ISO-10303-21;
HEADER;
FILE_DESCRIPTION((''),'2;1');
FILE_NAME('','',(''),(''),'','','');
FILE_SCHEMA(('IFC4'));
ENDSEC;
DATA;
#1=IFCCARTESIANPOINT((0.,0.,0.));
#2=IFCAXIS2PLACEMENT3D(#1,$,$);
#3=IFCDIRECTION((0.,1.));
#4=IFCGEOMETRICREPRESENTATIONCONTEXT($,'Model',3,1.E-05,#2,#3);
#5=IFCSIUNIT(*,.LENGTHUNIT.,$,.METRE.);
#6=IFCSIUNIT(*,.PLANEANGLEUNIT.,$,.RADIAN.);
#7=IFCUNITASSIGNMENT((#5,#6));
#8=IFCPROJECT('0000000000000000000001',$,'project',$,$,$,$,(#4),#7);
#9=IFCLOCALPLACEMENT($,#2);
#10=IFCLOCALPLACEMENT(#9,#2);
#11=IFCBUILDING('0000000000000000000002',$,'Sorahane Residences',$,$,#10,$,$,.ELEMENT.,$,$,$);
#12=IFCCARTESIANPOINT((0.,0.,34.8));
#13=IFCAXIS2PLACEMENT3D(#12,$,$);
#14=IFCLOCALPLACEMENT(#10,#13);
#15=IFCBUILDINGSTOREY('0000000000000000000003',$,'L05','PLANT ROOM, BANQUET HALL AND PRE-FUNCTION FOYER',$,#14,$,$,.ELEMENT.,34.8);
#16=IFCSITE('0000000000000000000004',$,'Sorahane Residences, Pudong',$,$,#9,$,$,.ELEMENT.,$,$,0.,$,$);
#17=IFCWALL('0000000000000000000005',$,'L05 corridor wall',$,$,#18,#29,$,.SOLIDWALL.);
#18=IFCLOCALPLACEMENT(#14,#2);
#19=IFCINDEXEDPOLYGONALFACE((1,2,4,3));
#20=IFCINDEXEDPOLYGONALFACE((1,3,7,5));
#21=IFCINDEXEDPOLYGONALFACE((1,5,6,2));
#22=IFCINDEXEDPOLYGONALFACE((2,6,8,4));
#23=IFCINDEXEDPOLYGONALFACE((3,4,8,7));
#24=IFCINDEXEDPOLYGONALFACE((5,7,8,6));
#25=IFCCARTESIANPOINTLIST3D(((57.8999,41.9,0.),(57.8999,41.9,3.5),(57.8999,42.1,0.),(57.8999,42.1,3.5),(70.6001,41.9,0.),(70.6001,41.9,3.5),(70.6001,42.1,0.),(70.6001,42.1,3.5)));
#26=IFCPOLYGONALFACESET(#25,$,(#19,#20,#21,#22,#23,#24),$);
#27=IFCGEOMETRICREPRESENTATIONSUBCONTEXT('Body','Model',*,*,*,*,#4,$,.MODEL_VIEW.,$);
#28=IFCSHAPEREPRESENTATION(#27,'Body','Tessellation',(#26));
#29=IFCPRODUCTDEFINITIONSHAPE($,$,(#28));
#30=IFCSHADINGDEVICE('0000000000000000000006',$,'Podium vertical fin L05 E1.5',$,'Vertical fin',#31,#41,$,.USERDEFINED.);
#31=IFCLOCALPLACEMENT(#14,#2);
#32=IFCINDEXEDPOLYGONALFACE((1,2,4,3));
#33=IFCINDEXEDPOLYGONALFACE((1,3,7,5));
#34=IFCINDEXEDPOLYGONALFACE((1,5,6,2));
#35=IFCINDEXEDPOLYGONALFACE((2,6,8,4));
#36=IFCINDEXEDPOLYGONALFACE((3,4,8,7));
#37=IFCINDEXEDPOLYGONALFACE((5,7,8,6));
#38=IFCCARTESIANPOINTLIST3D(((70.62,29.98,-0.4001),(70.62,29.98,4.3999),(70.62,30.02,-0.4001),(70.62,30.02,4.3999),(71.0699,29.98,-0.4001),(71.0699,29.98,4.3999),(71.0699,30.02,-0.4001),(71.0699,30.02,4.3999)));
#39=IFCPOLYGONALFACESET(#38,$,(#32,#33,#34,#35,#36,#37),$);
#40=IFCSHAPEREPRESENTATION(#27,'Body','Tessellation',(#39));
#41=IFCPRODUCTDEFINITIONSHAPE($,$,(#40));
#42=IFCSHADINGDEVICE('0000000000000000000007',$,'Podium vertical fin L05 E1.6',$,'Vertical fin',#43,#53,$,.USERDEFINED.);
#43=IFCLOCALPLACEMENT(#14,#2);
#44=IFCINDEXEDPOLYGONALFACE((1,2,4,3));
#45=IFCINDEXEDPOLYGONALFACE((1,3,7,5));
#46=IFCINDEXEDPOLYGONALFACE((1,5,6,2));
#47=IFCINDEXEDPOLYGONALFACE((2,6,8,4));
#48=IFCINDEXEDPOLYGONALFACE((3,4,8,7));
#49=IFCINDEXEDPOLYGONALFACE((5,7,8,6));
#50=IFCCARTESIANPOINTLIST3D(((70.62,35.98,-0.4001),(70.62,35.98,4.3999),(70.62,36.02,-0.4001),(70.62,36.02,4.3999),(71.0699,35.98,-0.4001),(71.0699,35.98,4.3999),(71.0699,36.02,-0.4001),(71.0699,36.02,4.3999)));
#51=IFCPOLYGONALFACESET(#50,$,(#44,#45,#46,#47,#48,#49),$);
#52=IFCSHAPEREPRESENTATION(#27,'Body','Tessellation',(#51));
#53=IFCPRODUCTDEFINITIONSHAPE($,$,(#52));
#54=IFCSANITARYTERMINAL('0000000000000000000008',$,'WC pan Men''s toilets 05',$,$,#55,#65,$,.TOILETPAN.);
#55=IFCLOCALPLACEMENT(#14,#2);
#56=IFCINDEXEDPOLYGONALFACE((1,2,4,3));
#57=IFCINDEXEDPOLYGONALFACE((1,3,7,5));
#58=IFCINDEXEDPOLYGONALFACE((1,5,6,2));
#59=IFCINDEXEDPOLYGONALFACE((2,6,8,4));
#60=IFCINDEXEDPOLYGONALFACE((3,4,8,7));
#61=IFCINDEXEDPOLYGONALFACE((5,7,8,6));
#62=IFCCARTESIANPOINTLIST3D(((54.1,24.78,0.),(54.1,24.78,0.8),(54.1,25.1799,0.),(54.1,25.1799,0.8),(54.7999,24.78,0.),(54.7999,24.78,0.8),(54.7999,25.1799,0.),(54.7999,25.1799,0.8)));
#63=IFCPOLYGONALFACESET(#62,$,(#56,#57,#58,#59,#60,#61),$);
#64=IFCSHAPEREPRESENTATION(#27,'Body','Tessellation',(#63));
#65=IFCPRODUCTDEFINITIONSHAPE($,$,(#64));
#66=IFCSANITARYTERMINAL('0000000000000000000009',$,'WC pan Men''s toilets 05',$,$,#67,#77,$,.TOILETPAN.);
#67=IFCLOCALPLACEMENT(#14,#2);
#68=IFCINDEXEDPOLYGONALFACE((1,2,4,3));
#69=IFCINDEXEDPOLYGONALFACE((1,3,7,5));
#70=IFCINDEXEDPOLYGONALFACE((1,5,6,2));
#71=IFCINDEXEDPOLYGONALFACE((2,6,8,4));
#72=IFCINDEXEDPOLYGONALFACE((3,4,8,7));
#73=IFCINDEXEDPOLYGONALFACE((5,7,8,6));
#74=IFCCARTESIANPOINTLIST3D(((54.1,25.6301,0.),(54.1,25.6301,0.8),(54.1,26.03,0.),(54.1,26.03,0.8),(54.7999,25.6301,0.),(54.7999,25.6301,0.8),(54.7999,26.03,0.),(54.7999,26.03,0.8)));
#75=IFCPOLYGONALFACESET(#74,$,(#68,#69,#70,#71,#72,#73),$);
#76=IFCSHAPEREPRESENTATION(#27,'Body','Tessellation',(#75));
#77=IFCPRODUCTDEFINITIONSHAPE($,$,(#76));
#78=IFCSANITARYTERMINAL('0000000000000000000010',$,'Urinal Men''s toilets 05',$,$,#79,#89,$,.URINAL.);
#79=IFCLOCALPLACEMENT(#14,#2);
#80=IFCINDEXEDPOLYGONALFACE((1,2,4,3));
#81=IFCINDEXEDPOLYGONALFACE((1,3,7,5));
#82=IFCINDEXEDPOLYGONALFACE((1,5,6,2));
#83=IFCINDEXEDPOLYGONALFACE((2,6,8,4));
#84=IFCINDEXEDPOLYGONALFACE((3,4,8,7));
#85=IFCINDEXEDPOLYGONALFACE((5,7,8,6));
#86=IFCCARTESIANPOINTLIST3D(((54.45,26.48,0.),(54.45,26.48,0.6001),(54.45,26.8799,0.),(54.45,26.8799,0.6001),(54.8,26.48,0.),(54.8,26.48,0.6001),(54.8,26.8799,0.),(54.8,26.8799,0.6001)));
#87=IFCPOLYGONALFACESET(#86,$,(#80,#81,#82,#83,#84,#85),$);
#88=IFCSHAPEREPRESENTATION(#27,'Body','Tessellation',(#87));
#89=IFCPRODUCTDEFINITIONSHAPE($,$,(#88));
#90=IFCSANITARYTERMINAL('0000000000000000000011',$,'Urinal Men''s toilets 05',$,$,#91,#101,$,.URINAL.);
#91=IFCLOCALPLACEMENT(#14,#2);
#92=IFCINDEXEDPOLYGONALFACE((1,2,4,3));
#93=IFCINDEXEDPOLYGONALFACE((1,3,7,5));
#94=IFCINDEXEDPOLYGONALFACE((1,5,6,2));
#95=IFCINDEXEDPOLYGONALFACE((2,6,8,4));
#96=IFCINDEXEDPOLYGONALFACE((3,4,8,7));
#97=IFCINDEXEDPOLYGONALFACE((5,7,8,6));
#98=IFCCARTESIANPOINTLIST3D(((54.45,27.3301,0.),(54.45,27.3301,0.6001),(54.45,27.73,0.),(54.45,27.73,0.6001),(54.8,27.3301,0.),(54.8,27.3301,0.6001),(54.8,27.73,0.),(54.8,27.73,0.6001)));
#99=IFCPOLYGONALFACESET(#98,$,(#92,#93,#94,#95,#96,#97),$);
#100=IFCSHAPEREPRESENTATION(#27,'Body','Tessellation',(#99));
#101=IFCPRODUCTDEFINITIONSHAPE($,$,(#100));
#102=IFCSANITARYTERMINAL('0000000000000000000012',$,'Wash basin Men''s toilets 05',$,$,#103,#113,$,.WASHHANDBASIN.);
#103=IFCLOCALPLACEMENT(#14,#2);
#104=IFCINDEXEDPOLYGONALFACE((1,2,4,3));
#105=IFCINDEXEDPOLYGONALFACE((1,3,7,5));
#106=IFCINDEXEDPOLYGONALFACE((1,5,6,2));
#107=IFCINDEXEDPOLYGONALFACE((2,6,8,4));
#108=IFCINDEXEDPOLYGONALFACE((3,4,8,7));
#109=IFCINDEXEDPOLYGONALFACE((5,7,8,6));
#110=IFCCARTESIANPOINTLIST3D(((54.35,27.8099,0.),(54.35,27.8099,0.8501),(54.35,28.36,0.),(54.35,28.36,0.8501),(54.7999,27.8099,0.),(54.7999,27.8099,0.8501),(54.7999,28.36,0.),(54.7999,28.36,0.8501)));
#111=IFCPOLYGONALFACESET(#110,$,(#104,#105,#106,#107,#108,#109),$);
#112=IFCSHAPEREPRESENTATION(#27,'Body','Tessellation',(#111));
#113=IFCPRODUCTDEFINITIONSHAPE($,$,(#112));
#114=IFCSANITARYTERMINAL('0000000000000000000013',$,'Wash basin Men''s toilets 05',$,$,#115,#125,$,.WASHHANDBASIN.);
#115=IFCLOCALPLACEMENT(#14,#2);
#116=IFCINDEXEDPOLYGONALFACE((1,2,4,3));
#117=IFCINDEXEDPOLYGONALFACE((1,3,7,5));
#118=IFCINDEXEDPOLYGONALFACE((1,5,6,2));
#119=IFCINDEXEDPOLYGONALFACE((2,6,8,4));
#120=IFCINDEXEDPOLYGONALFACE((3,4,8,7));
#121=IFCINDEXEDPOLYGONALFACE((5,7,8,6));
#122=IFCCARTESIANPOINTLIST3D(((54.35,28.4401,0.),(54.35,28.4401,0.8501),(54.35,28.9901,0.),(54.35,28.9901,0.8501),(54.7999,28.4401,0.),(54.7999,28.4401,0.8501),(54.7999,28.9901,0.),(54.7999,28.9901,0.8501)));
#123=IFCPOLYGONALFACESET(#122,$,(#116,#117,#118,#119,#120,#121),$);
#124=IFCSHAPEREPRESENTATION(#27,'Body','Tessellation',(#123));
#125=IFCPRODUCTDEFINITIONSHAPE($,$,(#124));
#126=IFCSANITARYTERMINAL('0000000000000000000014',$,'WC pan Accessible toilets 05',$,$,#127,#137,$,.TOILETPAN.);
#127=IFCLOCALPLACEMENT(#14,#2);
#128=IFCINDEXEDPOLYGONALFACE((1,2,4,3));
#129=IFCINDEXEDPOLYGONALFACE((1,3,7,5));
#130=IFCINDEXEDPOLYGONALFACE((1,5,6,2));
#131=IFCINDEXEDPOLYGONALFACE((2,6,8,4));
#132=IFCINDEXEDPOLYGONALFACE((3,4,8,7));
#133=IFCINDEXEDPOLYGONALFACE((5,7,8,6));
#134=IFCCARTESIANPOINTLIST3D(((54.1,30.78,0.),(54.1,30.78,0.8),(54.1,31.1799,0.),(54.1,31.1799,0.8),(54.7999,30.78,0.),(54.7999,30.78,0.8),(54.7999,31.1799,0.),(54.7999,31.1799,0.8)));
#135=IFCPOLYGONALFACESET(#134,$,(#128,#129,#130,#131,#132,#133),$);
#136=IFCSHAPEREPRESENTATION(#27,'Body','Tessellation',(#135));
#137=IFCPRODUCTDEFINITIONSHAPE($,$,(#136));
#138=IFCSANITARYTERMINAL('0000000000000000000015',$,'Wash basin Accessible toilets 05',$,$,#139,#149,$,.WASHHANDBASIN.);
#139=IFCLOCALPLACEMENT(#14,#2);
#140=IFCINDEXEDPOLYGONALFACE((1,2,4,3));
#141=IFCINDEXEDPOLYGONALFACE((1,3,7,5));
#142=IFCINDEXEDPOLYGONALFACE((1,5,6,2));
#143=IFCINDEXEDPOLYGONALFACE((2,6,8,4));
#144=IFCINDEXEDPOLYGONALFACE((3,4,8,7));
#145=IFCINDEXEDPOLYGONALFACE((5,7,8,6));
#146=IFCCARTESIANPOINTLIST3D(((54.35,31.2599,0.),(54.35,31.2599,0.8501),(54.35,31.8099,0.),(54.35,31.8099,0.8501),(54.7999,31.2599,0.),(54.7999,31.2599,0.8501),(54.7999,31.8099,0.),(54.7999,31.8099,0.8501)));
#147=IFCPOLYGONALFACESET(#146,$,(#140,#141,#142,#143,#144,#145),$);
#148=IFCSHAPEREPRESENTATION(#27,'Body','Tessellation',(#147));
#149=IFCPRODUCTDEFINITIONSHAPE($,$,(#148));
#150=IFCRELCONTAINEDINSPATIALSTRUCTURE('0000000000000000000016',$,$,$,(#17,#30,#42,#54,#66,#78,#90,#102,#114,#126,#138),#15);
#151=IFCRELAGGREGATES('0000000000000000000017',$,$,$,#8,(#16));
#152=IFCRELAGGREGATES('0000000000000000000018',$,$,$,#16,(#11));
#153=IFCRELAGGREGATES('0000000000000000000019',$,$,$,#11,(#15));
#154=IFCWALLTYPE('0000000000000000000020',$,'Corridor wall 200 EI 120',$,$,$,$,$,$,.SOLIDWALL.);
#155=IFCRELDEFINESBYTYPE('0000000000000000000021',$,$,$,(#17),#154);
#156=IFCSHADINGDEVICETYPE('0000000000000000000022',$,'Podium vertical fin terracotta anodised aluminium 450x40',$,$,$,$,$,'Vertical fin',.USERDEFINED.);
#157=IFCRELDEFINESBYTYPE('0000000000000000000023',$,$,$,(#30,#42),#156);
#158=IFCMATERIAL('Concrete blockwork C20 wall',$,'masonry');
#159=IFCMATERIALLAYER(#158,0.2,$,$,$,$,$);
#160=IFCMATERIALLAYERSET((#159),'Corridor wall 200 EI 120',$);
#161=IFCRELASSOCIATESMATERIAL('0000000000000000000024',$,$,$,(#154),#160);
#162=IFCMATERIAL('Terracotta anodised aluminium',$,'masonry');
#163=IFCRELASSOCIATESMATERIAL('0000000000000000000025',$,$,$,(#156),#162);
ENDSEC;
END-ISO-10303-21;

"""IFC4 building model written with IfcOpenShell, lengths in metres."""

from ifc_helpers import new_model, si_unit, direction, frame, frame_2d, origin, origin_2d, place, context, subcontext, project, spatial, rectangle, extrude, material, layer, layer_set, material_profile, profile_set, type_object, element, save


model = new_model("IFC4")

# Units and contexts
model_context = context("Model", 3, precision=1e-05, world=origin(), true_north=direction((0.0, 1.0)))
body_context = subcontext(model_context, "Body", "Model", "MODEL_VIEW")
ifc_project = project(units=[si_unit("LENGTHUNIT", "METRE"), si_unit("PLANEANGLEUNIT", "RADIAN")], contexts=[model_context])

# Site, building, storey
site_placement = place(None, origin())
site = spatial("IfcSite", under=ifc_project, at=site_placement, Name="Sorahane Residences, Pudong", CompositionType="ELEMENT", RefElevation=0.0)
building_placement = place(site_placement, origin())
building = spatial("IfcBuilding", under=site, at=building_placement, Name="Sorahane Residences", CompositionType="ELEMENT")
storey_placement = place(building_placement, frame((0.0, 0.0, 34.8)))
storey = spatial("IfcBuildingStorey", under=building, at=storey_placement, Name="L05", Description="PLANT ROOM, BANQUET HALL AND PRE-FUNCTION FOYER", CompositionType="ELEMENT", Elevation=34.8)

# Wall
ifc_material_1 = material(Name="Concrete blockwork C20 wall", Category="masonry")
ifc_layer_1 = layer(ifc_material_1, 0.2)
ifc_layer_set_1 = layer_set([ifc_layer_1], Name="Corridor wall 200 EI 120")
wall_type = type_object("IfcWallType", Name="Corridor wall 200 EI 120", PredefinedType="SOLIDWALL", material=ifc_layer_set_1)
for number, where, z_axis, x_axis, name in (
    (1, (57.8999, 42.0, 0.0), (0.0, 0.0, 1.0), (1.0, 0.0, 0.0), "L05 corridor wall"),
):
    element("IfcWall", number, at=place(storey_placement, frame(where, z_axis=z_axis, x_axis=x_axis)), inside=storey, type_object=wall_type, Name=name, PredefinedType="SOLIDWALL", context=body_context, shape_type="SweptSolid", body=[
        extrude(rectangle(XDim=12.7002, YDim=0.2, at=frame_2d((6.3501, 0.0))), origin(), (0.0, 0.0, 1.0), 3.5),
    ])

# Shading devices
ifc_material_2 = material(Name="Terracotta anodised aluminium", Category="masonry")
ifc_material_profile_1 = material_profile(ifc_material_2, rectangle(XDim=0.45, YDim=0.04, at=origin_2d()), Name="Podium vertical fin terracotta anodised aluminium 450x40")
ifc_profile_set_1 = profile_set([ifc_material_profile_1], Name="Terracotta anodised aluminium")
shading_device_type = type_object("IfcShadingDeviceType", Name="Podium vertical fin terracotta anodised aluminium 450x40", ElementType="Vertical fin", PredefinedType="USERDEFINED", material=ifc_profile_set_1)
for number, where, z_axis, x_axis, name in (
    (2, (70.845, 30.0, -0.4001), (0.0, 0.0, 1.0), (1.0, 0.0, 0.0), "Podium vertical fin L05 E1.5"),
    (3, (70.845, 36.0, -0.4001), (0.0, 0.0, 1.0), (1.0, 0.0, 0.0), "Podium vertical fin L05 E1.6"),
):
    element("IfcShadingDevice", number, at=place(storey_placement, frame(where, z_axis=z_axis, x_axis=x_axis)), inside=storey, type_object=shading_device_type, Name=name, ObjectType="Vertical fin", PredefinedType="USERDEFINED", context=body_context, shape_type="SweptSolid", body=[
        extrude(rectangle(XDim=0.45, YDim=0.04, at=origin_2d()), origin(), (0.0, 0.0, 1.0), 4.8),
    ])

# Sanitary terminals
for number, where, z_axis, x_axis, name in (
    (4, (54.45, 24.98, 0.0), (0.0, 0.0, 1.0), (0.0, -1.0, 0.0), "WC pan Men's toilets 05"),
    (5, (54.45, 25.8301, 0.0), (0.0, 0.0, 1.0), (0.0, -1.0, 0.0), "WC pan Men's toilets 05"),
):
    element("IfcSanitaryTerminal", number, at=place(storey_placement, frame(where, z_axis=z_axis, x_axis=x_axis)), inside=storey, Name=name, PredefinedType="TOILETPAN", context=body_context, shape_type="SweptSolid", body=[
        extrude(rectangle(XDim=0.3999, YDim=0.7, at=origin_2d()), origin(), (0.0, 0.0, 1.0), 0.8),
    ])
for number, where, z_axis, x_axis, name in (
    (6, (54.625, 26.6799, 0.0), (0.0, 0.0, 1.0), (0.0, -1.0, 0.0), "Urinal Men's toilets 05"),
    (7, (54.625, 27.53, 0.0), (0.0, 0.0, 1.0), (0.0, -1.0, 0.0), "Urinal Men's toilets 05"),
):
    element("IfcSanitaryTerminal", number, at=place(storey_placement, frame(where, z_axis=z_axis, x_axis=x_axis)), inside=storey, Name=name, PredefinedType="URINAL", context=body_context, shape_type="SweptSolid", body=[
        extrude(rectangle(XDim=0.3999, YDim=0.3501, at=origin_2d()), origin(), (0.0, 0.0, 1.0), 0.6001),
    ])
for number, where, z_axis, x_axis, name in (
    (8, (54.575, 28.085, 0.0), (0.0, 0.0, 1.0), (0.0, -1.0, 0.0), "Wash basin Men's toilets 05"),
    (9, (54.575, 28.7151, 0.0), (0.0, 0.0, 1.0), (0.0, -1.0, 0.0), "Wash basin Men's toilets 05"),
):
    element("IfcSanitaryTerminal", number, at=place(storey_placement, frame(where, z_axis=z_axis, x_axis=x_axis)), inside=storey, Name=name, PredefinedType="WASHHANDBASIN", context=body_context, shape_type="SweptSolid", body=[
        extrude(rectangle(XDim=0.55, YDim=0.45, at=origin_2d()), origin(), (0.0, 0.0, 1.0), 0.8501),
    ])
sanitary_terminal_1_placement = place(storey_placement, frame((54.45, 30.98, 0.0), z_axis=(0.0, 0.0, 1.0), x_axis=(0.0, -1.0, 0.0)))
element("IfcSanitaryTerminal", 10, at=sanitary_terminal_1_placement, inside=storey, Name="WC pan Accessible toilets 05", PredefinedType="TOILETPAN", context=body_context, shape_type="SweptSolid", body=[
    extrude(rectangle(XDim=0.3999, YDim=0.7, at=origin_2d()), origin(), (0.0, 0.0, 1.0), 0.8),
])
sanitary_terminal_2_placement = place(storey_placement, frame((54.575, 31.5349, 0.0), z_axis=(0.0, 0.0, 1.0), x_axis=(0.0, -1.0, 0.0)))
element("IfcSanitaryTerminal", 11, at=sanitary_terminal_2_placement, inside=storey, Name="Wash basin Accessible toilets 05", PredefinedType="WASHHANDBASIN", context=body_context, shape_type="SweptSolid", body=[
    extrude(rectangle(XDim=0.55, YDim=0.45, at=origin_2d()), origin(), (0.0, 0.0, 1.0), 0.8501),
])

save(model, "model.ifc")
